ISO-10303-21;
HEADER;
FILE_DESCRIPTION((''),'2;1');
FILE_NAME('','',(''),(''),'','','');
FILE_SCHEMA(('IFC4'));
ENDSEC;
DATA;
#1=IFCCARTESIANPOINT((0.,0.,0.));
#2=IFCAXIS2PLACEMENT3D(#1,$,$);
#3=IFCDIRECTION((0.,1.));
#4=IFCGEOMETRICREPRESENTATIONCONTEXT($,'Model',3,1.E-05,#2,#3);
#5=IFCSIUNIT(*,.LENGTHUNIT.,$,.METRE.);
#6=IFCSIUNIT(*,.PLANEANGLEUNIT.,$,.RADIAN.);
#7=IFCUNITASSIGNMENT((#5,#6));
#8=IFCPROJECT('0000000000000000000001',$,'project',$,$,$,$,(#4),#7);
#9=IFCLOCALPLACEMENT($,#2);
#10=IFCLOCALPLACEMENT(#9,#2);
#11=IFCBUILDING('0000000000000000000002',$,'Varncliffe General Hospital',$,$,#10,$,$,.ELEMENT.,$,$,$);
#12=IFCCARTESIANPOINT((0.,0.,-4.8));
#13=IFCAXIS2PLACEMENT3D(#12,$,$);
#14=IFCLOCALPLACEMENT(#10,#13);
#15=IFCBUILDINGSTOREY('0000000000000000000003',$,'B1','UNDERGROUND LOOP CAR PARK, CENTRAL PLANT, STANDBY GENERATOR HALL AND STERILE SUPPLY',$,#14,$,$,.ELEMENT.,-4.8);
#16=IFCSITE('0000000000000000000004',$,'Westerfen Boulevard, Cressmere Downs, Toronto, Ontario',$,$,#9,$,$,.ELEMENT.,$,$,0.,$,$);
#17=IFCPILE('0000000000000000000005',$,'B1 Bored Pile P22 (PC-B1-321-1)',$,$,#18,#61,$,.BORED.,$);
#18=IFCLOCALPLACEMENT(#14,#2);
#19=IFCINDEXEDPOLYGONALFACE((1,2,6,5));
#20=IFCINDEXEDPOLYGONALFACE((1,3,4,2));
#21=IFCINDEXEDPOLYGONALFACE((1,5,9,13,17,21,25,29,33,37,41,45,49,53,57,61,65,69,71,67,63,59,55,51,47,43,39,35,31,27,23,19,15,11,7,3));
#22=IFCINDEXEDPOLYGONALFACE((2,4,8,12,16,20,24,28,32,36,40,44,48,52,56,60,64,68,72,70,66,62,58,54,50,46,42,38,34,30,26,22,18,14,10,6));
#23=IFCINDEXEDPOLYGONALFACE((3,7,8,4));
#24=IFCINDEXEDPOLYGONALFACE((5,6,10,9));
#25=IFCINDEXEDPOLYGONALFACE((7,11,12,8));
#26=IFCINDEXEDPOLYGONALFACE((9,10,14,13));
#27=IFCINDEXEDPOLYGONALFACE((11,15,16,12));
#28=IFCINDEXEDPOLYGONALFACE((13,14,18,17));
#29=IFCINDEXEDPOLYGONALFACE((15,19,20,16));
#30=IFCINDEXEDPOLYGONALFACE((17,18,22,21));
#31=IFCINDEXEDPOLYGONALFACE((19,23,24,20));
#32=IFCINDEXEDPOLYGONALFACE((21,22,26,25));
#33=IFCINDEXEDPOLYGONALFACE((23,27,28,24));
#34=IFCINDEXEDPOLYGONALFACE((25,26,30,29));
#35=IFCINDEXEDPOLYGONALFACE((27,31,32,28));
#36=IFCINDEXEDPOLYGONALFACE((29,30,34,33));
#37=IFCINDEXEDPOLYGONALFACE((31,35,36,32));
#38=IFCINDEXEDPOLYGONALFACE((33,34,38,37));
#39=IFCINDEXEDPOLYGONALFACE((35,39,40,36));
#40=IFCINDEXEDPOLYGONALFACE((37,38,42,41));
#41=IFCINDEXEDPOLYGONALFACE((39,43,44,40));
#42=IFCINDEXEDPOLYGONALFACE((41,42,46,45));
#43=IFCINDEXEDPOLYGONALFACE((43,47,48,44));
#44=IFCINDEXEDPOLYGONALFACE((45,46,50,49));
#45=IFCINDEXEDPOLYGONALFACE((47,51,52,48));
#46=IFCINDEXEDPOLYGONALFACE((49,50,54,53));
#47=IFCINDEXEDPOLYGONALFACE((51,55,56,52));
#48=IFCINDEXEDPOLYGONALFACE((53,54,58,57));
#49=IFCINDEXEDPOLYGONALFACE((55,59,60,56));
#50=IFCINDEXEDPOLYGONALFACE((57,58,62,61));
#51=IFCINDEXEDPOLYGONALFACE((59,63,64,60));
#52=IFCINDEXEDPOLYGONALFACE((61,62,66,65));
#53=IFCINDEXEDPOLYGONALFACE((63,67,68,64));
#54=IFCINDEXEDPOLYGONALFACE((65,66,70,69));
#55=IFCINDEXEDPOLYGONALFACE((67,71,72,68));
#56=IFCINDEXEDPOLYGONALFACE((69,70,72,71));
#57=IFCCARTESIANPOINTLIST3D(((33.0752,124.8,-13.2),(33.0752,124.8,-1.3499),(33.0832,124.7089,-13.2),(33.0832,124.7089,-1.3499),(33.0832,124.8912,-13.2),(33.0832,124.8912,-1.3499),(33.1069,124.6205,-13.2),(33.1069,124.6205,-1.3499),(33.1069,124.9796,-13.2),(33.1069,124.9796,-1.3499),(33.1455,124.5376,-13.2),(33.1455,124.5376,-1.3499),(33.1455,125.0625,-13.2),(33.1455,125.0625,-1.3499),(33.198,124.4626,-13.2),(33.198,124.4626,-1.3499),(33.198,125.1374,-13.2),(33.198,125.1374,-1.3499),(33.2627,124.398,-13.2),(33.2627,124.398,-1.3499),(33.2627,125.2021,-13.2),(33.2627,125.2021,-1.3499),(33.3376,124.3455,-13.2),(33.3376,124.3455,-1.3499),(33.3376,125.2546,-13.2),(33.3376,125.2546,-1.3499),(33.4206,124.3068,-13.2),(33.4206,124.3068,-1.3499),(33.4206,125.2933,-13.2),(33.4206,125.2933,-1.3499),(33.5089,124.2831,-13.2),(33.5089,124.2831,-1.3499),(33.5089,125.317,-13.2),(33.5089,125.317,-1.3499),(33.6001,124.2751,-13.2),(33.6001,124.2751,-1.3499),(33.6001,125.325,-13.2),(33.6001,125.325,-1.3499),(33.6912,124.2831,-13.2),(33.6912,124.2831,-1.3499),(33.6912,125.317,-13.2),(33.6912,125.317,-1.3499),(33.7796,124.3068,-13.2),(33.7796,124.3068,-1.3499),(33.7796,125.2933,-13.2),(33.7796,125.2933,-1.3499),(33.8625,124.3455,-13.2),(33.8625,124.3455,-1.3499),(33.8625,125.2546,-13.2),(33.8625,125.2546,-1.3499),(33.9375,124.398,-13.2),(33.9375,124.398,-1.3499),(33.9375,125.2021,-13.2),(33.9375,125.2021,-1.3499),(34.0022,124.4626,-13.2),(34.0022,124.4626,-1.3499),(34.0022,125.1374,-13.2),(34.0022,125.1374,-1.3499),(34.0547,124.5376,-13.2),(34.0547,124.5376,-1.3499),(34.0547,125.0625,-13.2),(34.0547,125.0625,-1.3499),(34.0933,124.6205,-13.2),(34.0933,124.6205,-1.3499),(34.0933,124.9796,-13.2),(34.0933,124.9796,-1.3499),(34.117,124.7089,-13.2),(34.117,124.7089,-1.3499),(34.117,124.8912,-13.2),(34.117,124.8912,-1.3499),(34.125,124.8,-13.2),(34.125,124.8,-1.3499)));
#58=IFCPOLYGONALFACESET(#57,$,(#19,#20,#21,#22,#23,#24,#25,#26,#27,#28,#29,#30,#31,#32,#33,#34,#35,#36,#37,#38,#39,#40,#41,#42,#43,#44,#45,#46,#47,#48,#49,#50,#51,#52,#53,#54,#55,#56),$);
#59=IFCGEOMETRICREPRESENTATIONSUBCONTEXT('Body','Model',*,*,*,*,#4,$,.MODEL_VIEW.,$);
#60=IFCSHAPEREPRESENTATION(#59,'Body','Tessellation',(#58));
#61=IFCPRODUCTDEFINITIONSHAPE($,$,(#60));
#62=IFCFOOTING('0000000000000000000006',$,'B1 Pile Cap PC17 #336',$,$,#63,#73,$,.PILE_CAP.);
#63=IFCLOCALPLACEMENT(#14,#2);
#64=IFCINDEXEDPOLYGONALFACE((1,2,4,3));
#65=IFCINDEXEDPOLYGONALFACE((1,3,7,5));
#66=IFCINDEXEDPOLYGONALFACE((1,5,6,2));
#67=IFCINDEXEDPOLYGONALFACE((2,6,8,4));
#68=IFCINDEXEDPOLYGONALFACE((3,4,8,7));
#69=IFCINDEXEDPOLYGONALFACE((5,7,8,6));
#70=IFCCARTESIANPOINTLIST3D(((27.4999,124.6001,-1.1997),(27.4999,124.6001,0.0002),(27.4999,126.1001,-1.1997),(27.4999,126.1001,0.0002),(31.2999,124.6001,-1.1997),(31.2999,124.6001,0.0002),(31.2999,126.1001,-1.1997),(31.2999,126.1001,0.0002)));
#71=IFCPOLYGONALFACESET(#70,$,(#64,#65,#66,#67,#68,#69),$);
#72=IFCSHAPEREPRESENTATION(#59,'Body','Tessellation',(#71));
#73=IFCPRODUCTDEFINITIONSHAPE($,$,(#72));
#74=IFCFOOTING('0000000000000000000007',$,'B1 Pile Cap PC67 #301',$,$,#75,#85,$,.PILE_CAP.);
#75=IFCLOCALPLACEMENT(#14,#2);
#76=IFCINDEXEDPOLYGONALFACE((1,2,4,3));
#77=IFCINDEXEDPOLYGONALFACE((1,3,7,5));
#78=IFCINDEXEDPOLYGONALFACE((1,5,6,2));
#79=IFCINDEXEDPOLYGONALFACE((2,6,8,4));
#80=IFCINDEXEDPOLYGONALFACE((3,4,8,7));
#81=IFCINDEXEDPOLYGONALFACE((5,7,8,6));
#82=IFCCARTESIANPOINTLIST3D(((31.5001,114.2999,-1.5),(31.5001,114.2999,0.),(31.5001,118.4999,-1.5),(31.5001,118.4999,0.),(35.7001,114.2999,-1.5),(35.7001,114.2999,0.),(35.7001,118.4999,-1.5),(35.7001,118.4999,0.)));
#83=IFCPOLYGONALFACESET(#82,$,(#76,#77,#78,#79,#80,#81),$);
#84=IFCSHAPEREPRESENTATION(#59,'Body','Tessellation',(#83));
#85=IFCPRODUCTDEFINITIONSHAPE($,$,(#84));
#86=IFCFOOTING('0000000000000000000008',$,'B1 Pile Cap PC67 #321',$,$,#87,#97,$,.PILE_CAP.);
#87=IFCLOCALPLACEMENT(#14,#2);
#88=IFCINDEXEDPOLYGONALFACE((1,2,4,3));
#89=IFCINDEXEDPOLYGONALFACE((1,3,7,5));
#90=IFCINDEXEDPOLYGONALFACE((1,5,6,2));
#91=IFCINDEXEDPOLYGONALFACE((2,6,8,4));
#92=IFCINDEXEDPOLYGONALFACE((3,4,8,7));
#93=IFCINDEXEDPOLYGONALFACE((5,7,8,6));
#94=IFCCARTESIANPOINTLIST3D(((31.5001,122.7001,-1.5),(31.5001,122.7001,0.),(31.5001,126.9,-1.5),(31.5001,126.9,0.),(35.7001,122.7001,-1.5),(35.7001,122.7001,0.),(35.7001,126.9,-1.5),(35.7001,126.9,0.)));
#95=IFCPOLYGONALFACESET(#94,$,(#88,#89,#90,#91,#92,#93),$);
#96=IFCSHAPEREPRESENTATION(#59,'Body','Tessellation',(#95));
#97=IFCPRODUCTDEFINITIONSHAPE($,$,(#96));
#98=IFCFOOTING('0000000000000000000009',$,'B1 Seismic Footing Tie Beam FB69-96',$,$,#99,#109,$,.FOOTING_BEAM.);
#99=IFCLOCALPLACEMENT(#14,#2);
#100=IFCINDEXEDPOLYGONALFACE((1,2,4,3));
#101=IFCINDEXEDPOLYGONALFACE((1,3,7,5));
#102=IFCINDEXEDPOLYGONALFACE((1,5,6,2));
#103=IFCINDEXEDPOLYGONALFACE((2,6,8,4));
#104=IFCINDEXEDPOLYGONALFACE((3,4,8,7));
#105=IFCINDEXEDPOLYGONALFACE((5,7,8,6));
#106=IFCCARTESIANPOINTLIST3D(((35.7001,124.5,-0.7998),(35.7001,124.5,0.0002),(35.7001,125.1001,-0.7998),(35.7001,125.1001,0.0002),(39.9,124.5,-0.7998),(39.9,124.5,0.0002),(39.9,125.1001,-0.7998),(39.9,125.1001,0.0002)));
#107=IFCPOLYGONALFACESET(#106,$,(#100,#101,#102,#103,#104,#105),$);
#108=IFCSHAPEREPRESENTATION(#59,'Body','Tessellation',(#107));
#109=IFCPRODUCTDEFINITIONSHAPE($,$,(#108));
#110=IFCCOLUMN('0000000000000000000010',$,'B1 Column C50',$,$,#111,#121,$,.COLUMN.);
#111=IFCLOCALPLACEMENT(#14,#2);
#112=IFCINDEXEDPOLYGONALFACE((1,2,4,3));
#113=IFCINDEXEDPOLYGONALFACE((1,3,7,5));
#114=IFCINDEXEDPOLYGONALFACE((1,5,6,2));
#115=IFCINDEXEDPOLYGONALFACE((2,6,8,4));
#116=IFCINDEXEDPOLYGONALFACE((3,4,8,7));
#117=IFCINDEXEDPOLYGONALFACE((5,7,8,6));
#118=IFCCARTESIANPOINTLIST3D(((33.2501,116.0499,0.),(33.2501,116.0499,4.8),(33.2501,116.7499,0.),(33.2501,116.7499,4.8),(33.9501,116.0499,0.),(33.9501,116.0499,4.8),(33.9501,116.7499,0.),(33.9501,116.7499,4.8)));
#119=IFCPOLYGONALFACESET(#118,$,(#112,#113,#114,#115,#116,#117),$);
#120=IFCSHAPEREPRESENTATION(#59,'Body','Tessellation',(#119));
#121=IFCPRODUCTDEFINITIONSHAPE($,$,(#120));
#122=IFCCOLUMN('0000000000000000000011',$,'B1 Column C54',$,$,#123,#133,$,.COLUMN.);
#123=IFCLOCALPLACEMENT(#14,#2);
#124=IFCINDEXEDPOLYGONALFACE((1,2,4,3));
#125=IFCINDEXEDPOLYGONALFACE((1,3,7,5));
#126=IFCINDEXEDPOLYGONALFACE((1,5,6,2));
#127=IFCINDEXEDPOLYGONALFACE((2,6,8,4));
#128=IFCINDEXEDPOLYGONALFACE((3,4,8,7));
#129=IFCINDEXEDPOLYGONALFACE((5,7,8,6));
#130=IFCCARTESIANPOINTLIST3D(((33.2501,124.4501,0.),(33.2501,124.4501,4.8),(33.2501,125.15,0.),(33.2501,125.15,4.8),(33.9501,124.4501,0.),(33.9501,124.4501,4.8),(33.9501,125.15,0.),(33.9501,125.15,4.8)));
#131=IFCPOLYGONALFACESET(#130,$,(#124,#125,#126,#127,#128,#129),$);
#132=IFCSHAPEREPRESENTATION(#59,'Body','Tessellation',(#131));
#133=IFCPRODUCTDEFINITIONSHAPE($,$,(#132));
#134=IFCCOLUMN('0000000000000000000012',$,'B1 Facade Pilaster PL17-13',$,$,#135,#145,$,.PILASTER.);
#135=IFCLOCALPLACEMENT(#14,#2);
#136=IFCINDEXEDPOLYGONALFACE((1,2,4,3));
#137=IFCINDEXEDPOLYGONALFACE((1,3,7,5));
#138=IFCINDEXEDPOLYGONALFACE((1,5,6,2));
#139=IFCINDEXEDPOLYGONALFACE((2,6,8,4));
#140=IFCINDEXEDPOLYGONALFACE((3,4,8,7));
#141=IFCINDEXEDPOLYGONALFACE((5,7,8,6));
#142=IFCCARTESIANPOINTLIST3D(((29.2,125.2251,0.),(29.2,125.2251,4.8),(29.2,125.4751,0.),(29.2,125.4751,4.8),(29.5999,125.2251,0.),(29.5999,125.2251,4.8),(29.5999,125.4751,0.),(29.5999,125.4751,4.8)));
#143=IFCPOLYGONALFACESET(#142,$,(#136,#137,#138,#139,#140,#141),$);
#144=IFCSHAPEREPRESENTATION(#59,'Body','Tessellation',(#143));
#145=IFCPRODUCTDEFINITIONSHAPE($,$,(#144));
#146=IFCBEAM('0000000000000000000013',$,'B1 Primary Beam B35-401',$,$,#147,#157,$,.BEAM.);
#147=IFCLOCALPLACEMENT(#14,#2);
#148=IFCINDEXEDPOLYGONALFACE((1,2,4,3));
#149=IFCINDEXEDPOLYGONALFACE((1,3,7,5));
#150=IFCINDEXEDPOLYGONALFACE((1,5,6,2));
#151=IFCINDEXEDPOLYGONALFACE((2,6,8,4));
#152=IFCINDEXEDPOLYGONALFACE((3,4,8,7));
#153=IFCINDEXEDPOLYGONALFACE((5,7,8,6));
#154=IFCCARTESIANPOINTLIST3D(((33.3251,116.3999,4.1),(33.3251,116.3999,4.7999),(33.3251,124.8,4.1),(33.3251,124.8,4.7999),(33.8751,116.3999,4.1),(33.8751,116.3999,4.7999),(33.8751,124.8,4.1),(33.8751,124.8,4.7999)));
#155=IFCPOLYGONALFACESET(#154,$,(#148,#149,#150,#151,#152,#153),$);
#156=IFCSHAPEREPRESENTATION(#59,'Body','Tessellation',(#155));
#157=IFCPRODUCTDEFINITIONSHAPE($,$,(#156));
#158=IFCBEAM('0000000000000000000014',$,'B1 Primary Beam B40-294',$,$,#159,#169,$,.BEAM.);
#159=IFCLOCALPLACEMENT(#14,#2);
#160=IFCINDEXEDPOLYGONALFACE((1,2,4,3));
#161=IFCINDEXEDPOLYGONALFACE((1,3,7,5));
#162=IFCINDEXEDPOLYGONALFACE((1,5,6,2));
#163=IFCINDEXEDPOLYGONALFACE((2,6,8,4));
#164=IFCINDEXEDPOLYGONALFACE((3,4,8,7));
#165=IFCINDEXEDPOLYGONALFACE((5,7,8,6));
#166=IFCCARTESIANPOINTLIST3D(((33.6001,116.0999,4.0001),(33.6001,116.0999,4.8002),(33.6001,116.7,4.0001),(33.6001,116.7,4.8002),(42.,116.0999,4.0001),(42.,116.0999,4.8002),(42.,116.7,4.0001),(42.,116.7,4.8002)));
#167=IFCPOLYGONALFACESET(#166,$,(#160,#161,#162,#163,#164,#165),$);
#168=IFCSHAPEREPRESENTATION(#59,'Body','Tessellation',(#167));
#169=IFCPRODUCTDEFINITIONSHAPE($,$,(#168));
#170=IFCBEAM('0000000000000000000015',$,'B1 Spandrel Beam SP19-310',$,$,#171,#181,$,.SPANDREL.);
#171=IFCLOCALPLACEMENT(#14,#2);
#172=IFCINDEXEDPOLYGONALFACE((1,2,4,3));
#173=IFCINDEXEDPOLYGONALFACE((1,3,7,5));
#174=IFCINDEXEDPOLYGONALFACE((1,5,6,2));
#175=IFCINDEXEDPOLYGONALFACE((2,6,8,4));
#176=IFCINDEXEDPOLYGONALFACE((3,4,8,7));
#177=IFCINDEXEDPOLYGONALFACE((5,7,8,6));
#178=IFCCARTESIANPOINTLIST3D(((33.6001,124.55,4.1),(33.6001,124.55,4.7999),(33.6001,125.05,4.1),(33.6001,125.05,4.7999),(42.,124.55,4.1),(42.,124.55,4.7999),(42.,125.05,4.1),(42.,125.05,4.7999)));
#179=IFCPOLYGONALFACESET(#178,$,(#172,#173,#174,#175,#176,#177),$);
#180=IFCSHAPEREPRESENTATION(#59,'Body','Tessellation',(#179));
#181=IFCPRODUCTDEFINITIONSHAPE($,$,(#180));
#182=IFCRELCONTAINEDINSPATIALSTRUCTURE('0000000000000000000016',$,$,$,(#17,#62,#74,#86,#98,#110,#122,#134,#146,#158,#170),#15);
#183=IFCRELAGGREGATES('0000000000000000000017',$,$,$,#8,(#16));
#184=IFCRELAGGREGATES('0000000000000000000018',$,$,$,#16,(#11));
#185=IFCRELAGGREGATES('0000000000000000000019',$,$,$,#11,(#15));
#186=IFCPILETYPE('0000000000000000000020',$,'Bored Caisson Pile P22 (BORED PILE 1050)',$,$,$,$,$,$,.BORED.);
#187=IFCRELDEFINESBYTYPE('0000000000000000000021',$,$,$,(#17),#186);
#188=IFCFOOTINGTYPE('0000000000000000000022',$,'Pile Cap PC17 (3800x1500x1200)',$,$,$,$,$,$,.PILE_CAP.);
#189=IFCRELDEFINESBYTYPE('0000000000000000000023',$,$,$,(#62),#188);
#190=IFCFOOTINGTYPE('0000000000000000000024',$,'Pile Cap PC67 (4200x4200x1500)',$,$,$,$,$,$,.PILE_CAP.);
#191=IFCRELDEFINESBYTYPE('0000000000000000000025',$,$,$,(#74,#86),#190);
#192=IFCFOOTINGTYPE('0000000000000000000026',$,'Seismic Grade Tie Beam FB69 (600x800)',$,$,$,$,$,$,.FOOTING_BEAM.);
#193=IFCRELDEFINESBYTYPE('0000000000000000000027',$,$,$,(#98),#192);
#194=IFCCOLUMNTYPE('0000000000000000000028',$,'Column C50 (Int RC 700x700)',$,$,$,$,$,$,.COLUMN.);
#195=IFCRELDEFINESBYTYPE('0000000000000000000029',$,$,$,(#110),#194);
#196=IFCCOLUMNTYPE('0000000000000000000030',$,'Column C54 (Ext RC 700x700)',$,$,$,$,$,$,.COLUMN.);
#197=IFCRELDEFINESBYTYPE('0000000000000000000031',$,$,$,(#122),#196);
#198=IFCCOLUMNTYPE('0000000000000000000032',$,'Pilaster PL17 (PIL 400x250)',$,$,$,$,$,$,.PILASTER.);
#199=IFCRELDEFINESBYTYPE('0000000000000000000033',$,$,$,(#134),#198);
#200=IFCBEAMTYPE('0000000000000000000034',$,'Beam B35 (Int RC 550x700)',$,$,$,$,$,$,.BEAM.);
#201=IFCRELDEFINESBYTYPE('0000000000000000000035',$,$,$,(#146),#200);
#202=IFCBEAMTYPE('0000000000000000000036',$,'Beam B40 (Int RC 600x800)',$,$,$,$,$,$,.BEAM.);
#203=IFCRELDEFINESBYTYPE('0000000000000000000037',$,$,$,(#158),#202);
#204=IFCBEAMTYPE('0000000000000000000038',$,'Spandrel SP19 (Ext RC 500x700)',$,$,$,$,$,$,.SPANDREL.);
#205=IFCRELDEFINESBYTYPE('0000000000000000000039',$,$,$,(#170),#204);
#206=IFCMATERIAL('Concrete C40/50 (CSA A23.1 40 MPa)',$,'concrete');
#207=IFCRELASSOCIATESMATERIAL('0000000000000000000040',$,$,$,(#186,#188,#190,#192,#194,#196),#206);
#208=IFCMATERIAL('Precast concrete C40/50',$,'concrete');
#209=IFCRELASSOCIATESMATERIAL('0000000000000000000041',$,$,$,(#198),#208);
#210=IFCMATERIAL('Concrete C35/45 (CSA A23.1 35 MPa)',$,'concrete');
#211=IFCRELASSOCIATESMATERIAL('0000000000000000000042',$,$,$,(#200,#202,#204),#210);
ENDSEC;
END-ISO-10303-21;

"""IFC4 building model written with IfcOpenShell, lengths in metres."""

from ifc_helpers import new_model, si_unit, direction, frame, origin, origin_2d, place, context, subcontext, project, spatial, rectangle, circle, extrude, material, material_profile, profile_set, type_object, element, save


model = new_model("IFC4")

# Units and contexts
model_context = context("Model", 3, precision=1e-05, world=origin(), true_north=direction((0.0, 1.0)))
body_context = subcontext(model_context, "Body", "Model", "MODEL_VIEW")
ifc_project = project(units=[si_unit("LENGTHUNIT", "METRE"), si_unit("PLANEANGLEUNIT", "RADIAN")], contexts=[model_context])

# Site, building, storey
site_placement = place(None, origin())
site = spatial("IfcSite", under=ifc_project, at=site_placement, Name="Westerfen Boulevard, Cressmere Downs, Toronto, Ontario", CompositionType="ELEMENT", RefElevation=0.0)
building_placement = place(site_placement, origin())
building = spatial("IfcBuilding", under=site, at=building_placement, Name="Varncliffe General Hospital", CompositionType="ELEMENT")
storey_placement = place(building_placement, frame((0.0, 0.0, -4.8)))
storey = spatial("IfcBuildingStorey", under=building, at=storey_placement, Name="B1", Description="UNDERGROUND LOOP CAR PARK, CENTRAL PLANT, STANDBY GENERATOR HALL AND STERILE SUPPLY", CompositionType="ELEMENT", Elevation=-4.8)

# Pile
ifc_material_1 = material(Name="Concrete C40/50 (CSA A23.1 40 MPa)", Category="concrete")
ifc_material_profile_1 = material_profile(ifc_material_1, circle(Radius=0.5249, at=origin_2d()), Name="BORED PILE 1050")
ifc_profile_set_1 = profile_set([ifc_material_profile_1], Name="Concrete C40/50 (CSA A23.1 40 MPa)")
pile_type_1 = type_object("IfcPileType", Name="Bored Caisson Pile P22 (BORED PILE 1050)", PredefinedType="BORED", material=ifc_profile_set_1)
for number, where, z_axis, x_axis, name in (
    (1, (33.6001, 124.8, -1.3499), (0.0, 0.0, -1.0), (1.0, 0.0, 0.0), "B1 Bored Pile P22 (PC-B1-321-1)"),
):
    element("IfcPile", number, at=place(storey_placement, frame(where, z_axis=z_axis, x_axis=x_axis)), inside=storey, type_object=pile_type_1, Name=name, PredefinedType="BORED", context=body_context, shape_type="SweptSolid", body=[
        extrude(circle(Radius=0.5249, at=origin_2d()), origin(), (0.0, 0.0, 1.0), 11.8501),
    ])

# Footings
footing_type_1 = type_object("IfcFootingType", Name="Pile Cap PC17 (3800x1500x1200)", PredefinedType="PILE_CAP", material=ifc_material_1)
footing_1_placement = place(storey_placement, frame((29.3999, 125.3501, -1.1997), z_axis=(0.0, 0.0, 1.0), x_axis=(1.0, 0.0, 0.0)))
element("IfcFooting", 2, at=footing_1_placement, inside=storey, type_object=footing_type_1, Name="B1 Pile Cap PC17 #336", PredefinedType="PILE_CAP", context=body_context, shape_type="SweptSolid", body=[
    extrude(rectangle(XDim=3.8, YDim=1.5, at=origin_2d()), origin(), (0.0, 0.0, 1.0), 1.2),
])
footing_type_2 = type_object("IfcFootingType", Name="Pile Cap PC67 (4200x4200x1500)", PredefinedType="PILE_CAP", material=ifc_material_1)
for number, where, z_axis, x_axis, name in (
    (3, (33.6001, 116.3999, -1.5), (0.0, 0.0, 1.0), (1.0, 0.0, 0.0), "B1 Pile Cap PC67 #301"),
    (4, (33.6001, 124.8, -1.5), (0.0, 0.0, 1.0), (1.0, 0.0, 0.0), "B1 Pile Cap PC67 #321"),
):
    element("IfcFooting", number, at=place(storey_placement, frame(where, z_axis=z_axis, x_axis=x_axis)), inside=storey, type_object=footing_type_2, Name=name, PredefinedType="PILE_CAP", context=body_context, shape_type="SweptSolid", body=[
        extrude(rectangle(XDim=4.2, YDim=4.2, at=origin_2d()), origin(), (0.0, 0.0, 1.0), 1.5),
    ])
footing_type_3 = type_object("IfcFootingType", Name="Seismic Grade Tie Beam FB69 (600x800)", PredefinedType="FOOTING_BEAM", material=ifc_material_1)
footing_2_placement = place(storey_placement, frame((37.8, 124.8, -0.7998), z_axis=(0.0, 0.0, 1.0), x_axis=(1.0, 0.0, 0.0)))
element("IfcFooting", 5, at=footing_2_placement, inside=storey, type_object=footing_type_3, Name="B1 Seismic Footing Tie Beam FB69-96", PredefinedType="FOOTING_BEAM", context=body_context, shape_type="SweptSolid", body=[
    extrude(rectangle(XDim=4.2, YDim=0.6001, at=origin_2d()), origin(), (0.0, 0.0, 1.0), 0.8),
])

# Columns
ifc_material_profile_2 = material_profile(ifc_material_1, rectangle(XDim=0.7, YDim=0.7, at=origin_2d()), Name="RC 700x700")
ifc_profile_set_2 = profile_set([ifc_material_profile_2], Name="Concrete C40/50 (CSA A23.1 40 MPa)")
column_type_1 = type_object("IfcColumnType", Name="Column C50 (Int RC 700x700)", PredefinedType="COLUMN", material=ifc_profile_set_2)
column_1_placement = place(storey_placement, frame((33.6001, 116.3999, 0.0), z_axis=(0.0, 0.0, 1.0), x_axis=(1.0, 0.0, 0.0)))
element("IfcColumn", 6, at=column_1_placement, inside=storey, type_object=column_type_1, Name="B1 Column C50", PredefinedType="COLUMN", context=body_context, shape_type="SweptSolid", body=[
    extrude(rectangle(XDim=0.7, YDim=0.7, at=origin_2d()), origin(), (0.0, 0.0, 1.0), 4.8),
])
ifc_material_profile_3 = material_profile(ifc_material_1, rectangle(XDim=0.7, YDim=0.7, at=origin_2d()), Name="RC 700x700")
ifc_profile_set_3 = profile_set([ifc_material_profile_3], Name="Concrete C40/50 (CSA A23.1 40 MPa)")
column_type_2 = type_object("IfcColumnType", Name="Column C54 (Ext RC 700x700)", PredefinedType="COLUMN", material=ifc_profile_set_3)
column_2_placement = place(storey_placement, frame((33.6001, 124.8, 0.0), z_axis=(0.0, 0.0, 1.0), x_axis=(1.0, 0.0, 0.0)))
element("IfcColumn", 7, at=column_2_placement, inside=storey, type_object=column_type_2, Name="B1 Column C54", PredefinedType="COLUMN", context=body_context, shape_type="SweptSolid", body=[
    extrude(rectangle(XDim=0.7, YDim=0.7, at=origin_2d()), origin(), (0.0, 0.0, 1.0), 4.8),
])
ifc_material_2 = material(Name="Precast concrete C40/50", Category="concrete")
ifc_material_profile_4 = material_profile(ifc_material_2, rectangle(XDim=0.3999, YDim=0.25, at=origin_2d()), Name="PIL 400x250")
ifc_profile_set_4 = profile_set([ifc_material_profile_4], Name="Precast concrete C40/50")
column_type_3 = type_object("IfcColumnType", Name="Pilaster PL17 (PIL 400x250)", PredefinedType="PILASTER", material=ifc_profile_set_4)
column_3_placement = place(storey_placement, frame((29.3999, 125.3501, 0.0), z_axis=(0.0, 0.0, 1.0), x_axis=(1.0, 0.0, 0.0)))
element("IfcColumn", 8, at=column_3_placement, inside=storey, type_object=column_type_3, Name="B1 Facade Pilaster PL17-13", PredefinedType="PILASTER", context=body_context, shape_type="SweptSolid", body=[
    extrude(rectangle(XDim=0.3999, YDim=0.25, at=origin_2d()), origin(), (0.0, 0.0, 1.0), 4.8),
])

# Beams
ifc_material_3 = material(Name="Concrete C35/45 (CSA A23.1 35 MPa)", Category="concrete")
ifc_material_profile_5 = material_profile(ifc_material_3, rectangle(XDim=0.55, YDim=0.7, at=origin_2d()), Name="RC 550x700")
ifc_profile_set_5 = profile_set([ifc_material_profile_5], Name="Concrete C35/45 (CSA A23.1 35 MPa)")
beam_type_1 = type_object("IfcBeamType", Name="Beam B35 (Int RC 550x700)", PredefinedType="BEAM", material=ifc_profile_set_5)
beam_1_placement = place(storey_placement, frame((33.6001, 116.3999, 4.45), z_axis=(0.0, 1.0, 0.0), x_axis=(-1.0, 0.0, 0.0)))
element("IfcBeam", 9, at=beam_1_placement, inside=storey, type_object=beam_type_1, Name="B1 Primary Beam B35-401", PredefinedType="BEAM", context=body_context, shape_type="SweptSolid", body=[
    extrude(rectangle(XDim=0.55, YDim=0.7, at=origin_2d()), origin(), (0.0, 0.0, 1.0), 8.4001),
])
ifc_material_profile_6 = material_profile(ifc_material_3, rectangle(XDim=0.6001, YDim=0.8, at=origin_2d()), Name="RC 600x800")
ifc_profile_set_6 = profile_set([ifc_material_profile_6], Name="Concrete C35/45 (CSA A23.1 35 MPa)")
beam_type_2 = type_object("IfcBeamType", Name="Beam B40 (Int RC 600x800)", PredefinedType="BEAM", material=ifc_profile_set_6)
beam_2_placement = place(storey_placement, frame((33.6001, 116.3999, 4.4001), z_axis=(1.0, 0.0, 0.0), x_axis=(0.0, 1.0, 0.0)))
element("IfcBeam", 10, at=beam_2_placement, inside=storey, type_object=beam_type_2, Name="B1 Primary Beam B40-294", PredefinedType="BEAM", context=body_context, shape_type="SweptSolid", body=[
    extrude(rectangle(XDim=0.6001, YDim=0.8, at=origin_2d()), origin(), (0.0, 0.0, 1.0), 8.3999),
])
ifc_material_profile_7 = material_profile(ifc_material_3, rectangle(XDim=0.5, YDim=0.7, at=origin_2d()), Name="RC 500x700")
ifc_profile_set_7 = profile_set([ifc_material_profile_7], Name="Concrete C35/45 (CSA A23.1 35 MPa)")
beam_type_3 = type_object("IfcBeamType", Name="Spandrel SP19 (Ext RC 500x700)", PredefinedType="SPANDREL", material=ifc_profile_set_7)
beam_3_placement = place(storey_placement, frame((33.6001, 124.8, 4.45), z_axis=(1.0, 0.0, 0.0), x_axis=(0.0, 1.0, 0.0)))
element("IfcBeam", 11, at=beam_3_placement, inside=storey, type_object=beam_type_3, Name="B1 Spandrel Beam SP19-310", PredefinedType="SPANDREL", context=body_context, shape_type="SweptSolid", body=[
    extrude(rectangle(XDim=0.5, YDim=0.7, at=origin_2d()), origin(), (0.0, 0.0, 1.0), 8.3999),
])

save(model, "model.ifc")
